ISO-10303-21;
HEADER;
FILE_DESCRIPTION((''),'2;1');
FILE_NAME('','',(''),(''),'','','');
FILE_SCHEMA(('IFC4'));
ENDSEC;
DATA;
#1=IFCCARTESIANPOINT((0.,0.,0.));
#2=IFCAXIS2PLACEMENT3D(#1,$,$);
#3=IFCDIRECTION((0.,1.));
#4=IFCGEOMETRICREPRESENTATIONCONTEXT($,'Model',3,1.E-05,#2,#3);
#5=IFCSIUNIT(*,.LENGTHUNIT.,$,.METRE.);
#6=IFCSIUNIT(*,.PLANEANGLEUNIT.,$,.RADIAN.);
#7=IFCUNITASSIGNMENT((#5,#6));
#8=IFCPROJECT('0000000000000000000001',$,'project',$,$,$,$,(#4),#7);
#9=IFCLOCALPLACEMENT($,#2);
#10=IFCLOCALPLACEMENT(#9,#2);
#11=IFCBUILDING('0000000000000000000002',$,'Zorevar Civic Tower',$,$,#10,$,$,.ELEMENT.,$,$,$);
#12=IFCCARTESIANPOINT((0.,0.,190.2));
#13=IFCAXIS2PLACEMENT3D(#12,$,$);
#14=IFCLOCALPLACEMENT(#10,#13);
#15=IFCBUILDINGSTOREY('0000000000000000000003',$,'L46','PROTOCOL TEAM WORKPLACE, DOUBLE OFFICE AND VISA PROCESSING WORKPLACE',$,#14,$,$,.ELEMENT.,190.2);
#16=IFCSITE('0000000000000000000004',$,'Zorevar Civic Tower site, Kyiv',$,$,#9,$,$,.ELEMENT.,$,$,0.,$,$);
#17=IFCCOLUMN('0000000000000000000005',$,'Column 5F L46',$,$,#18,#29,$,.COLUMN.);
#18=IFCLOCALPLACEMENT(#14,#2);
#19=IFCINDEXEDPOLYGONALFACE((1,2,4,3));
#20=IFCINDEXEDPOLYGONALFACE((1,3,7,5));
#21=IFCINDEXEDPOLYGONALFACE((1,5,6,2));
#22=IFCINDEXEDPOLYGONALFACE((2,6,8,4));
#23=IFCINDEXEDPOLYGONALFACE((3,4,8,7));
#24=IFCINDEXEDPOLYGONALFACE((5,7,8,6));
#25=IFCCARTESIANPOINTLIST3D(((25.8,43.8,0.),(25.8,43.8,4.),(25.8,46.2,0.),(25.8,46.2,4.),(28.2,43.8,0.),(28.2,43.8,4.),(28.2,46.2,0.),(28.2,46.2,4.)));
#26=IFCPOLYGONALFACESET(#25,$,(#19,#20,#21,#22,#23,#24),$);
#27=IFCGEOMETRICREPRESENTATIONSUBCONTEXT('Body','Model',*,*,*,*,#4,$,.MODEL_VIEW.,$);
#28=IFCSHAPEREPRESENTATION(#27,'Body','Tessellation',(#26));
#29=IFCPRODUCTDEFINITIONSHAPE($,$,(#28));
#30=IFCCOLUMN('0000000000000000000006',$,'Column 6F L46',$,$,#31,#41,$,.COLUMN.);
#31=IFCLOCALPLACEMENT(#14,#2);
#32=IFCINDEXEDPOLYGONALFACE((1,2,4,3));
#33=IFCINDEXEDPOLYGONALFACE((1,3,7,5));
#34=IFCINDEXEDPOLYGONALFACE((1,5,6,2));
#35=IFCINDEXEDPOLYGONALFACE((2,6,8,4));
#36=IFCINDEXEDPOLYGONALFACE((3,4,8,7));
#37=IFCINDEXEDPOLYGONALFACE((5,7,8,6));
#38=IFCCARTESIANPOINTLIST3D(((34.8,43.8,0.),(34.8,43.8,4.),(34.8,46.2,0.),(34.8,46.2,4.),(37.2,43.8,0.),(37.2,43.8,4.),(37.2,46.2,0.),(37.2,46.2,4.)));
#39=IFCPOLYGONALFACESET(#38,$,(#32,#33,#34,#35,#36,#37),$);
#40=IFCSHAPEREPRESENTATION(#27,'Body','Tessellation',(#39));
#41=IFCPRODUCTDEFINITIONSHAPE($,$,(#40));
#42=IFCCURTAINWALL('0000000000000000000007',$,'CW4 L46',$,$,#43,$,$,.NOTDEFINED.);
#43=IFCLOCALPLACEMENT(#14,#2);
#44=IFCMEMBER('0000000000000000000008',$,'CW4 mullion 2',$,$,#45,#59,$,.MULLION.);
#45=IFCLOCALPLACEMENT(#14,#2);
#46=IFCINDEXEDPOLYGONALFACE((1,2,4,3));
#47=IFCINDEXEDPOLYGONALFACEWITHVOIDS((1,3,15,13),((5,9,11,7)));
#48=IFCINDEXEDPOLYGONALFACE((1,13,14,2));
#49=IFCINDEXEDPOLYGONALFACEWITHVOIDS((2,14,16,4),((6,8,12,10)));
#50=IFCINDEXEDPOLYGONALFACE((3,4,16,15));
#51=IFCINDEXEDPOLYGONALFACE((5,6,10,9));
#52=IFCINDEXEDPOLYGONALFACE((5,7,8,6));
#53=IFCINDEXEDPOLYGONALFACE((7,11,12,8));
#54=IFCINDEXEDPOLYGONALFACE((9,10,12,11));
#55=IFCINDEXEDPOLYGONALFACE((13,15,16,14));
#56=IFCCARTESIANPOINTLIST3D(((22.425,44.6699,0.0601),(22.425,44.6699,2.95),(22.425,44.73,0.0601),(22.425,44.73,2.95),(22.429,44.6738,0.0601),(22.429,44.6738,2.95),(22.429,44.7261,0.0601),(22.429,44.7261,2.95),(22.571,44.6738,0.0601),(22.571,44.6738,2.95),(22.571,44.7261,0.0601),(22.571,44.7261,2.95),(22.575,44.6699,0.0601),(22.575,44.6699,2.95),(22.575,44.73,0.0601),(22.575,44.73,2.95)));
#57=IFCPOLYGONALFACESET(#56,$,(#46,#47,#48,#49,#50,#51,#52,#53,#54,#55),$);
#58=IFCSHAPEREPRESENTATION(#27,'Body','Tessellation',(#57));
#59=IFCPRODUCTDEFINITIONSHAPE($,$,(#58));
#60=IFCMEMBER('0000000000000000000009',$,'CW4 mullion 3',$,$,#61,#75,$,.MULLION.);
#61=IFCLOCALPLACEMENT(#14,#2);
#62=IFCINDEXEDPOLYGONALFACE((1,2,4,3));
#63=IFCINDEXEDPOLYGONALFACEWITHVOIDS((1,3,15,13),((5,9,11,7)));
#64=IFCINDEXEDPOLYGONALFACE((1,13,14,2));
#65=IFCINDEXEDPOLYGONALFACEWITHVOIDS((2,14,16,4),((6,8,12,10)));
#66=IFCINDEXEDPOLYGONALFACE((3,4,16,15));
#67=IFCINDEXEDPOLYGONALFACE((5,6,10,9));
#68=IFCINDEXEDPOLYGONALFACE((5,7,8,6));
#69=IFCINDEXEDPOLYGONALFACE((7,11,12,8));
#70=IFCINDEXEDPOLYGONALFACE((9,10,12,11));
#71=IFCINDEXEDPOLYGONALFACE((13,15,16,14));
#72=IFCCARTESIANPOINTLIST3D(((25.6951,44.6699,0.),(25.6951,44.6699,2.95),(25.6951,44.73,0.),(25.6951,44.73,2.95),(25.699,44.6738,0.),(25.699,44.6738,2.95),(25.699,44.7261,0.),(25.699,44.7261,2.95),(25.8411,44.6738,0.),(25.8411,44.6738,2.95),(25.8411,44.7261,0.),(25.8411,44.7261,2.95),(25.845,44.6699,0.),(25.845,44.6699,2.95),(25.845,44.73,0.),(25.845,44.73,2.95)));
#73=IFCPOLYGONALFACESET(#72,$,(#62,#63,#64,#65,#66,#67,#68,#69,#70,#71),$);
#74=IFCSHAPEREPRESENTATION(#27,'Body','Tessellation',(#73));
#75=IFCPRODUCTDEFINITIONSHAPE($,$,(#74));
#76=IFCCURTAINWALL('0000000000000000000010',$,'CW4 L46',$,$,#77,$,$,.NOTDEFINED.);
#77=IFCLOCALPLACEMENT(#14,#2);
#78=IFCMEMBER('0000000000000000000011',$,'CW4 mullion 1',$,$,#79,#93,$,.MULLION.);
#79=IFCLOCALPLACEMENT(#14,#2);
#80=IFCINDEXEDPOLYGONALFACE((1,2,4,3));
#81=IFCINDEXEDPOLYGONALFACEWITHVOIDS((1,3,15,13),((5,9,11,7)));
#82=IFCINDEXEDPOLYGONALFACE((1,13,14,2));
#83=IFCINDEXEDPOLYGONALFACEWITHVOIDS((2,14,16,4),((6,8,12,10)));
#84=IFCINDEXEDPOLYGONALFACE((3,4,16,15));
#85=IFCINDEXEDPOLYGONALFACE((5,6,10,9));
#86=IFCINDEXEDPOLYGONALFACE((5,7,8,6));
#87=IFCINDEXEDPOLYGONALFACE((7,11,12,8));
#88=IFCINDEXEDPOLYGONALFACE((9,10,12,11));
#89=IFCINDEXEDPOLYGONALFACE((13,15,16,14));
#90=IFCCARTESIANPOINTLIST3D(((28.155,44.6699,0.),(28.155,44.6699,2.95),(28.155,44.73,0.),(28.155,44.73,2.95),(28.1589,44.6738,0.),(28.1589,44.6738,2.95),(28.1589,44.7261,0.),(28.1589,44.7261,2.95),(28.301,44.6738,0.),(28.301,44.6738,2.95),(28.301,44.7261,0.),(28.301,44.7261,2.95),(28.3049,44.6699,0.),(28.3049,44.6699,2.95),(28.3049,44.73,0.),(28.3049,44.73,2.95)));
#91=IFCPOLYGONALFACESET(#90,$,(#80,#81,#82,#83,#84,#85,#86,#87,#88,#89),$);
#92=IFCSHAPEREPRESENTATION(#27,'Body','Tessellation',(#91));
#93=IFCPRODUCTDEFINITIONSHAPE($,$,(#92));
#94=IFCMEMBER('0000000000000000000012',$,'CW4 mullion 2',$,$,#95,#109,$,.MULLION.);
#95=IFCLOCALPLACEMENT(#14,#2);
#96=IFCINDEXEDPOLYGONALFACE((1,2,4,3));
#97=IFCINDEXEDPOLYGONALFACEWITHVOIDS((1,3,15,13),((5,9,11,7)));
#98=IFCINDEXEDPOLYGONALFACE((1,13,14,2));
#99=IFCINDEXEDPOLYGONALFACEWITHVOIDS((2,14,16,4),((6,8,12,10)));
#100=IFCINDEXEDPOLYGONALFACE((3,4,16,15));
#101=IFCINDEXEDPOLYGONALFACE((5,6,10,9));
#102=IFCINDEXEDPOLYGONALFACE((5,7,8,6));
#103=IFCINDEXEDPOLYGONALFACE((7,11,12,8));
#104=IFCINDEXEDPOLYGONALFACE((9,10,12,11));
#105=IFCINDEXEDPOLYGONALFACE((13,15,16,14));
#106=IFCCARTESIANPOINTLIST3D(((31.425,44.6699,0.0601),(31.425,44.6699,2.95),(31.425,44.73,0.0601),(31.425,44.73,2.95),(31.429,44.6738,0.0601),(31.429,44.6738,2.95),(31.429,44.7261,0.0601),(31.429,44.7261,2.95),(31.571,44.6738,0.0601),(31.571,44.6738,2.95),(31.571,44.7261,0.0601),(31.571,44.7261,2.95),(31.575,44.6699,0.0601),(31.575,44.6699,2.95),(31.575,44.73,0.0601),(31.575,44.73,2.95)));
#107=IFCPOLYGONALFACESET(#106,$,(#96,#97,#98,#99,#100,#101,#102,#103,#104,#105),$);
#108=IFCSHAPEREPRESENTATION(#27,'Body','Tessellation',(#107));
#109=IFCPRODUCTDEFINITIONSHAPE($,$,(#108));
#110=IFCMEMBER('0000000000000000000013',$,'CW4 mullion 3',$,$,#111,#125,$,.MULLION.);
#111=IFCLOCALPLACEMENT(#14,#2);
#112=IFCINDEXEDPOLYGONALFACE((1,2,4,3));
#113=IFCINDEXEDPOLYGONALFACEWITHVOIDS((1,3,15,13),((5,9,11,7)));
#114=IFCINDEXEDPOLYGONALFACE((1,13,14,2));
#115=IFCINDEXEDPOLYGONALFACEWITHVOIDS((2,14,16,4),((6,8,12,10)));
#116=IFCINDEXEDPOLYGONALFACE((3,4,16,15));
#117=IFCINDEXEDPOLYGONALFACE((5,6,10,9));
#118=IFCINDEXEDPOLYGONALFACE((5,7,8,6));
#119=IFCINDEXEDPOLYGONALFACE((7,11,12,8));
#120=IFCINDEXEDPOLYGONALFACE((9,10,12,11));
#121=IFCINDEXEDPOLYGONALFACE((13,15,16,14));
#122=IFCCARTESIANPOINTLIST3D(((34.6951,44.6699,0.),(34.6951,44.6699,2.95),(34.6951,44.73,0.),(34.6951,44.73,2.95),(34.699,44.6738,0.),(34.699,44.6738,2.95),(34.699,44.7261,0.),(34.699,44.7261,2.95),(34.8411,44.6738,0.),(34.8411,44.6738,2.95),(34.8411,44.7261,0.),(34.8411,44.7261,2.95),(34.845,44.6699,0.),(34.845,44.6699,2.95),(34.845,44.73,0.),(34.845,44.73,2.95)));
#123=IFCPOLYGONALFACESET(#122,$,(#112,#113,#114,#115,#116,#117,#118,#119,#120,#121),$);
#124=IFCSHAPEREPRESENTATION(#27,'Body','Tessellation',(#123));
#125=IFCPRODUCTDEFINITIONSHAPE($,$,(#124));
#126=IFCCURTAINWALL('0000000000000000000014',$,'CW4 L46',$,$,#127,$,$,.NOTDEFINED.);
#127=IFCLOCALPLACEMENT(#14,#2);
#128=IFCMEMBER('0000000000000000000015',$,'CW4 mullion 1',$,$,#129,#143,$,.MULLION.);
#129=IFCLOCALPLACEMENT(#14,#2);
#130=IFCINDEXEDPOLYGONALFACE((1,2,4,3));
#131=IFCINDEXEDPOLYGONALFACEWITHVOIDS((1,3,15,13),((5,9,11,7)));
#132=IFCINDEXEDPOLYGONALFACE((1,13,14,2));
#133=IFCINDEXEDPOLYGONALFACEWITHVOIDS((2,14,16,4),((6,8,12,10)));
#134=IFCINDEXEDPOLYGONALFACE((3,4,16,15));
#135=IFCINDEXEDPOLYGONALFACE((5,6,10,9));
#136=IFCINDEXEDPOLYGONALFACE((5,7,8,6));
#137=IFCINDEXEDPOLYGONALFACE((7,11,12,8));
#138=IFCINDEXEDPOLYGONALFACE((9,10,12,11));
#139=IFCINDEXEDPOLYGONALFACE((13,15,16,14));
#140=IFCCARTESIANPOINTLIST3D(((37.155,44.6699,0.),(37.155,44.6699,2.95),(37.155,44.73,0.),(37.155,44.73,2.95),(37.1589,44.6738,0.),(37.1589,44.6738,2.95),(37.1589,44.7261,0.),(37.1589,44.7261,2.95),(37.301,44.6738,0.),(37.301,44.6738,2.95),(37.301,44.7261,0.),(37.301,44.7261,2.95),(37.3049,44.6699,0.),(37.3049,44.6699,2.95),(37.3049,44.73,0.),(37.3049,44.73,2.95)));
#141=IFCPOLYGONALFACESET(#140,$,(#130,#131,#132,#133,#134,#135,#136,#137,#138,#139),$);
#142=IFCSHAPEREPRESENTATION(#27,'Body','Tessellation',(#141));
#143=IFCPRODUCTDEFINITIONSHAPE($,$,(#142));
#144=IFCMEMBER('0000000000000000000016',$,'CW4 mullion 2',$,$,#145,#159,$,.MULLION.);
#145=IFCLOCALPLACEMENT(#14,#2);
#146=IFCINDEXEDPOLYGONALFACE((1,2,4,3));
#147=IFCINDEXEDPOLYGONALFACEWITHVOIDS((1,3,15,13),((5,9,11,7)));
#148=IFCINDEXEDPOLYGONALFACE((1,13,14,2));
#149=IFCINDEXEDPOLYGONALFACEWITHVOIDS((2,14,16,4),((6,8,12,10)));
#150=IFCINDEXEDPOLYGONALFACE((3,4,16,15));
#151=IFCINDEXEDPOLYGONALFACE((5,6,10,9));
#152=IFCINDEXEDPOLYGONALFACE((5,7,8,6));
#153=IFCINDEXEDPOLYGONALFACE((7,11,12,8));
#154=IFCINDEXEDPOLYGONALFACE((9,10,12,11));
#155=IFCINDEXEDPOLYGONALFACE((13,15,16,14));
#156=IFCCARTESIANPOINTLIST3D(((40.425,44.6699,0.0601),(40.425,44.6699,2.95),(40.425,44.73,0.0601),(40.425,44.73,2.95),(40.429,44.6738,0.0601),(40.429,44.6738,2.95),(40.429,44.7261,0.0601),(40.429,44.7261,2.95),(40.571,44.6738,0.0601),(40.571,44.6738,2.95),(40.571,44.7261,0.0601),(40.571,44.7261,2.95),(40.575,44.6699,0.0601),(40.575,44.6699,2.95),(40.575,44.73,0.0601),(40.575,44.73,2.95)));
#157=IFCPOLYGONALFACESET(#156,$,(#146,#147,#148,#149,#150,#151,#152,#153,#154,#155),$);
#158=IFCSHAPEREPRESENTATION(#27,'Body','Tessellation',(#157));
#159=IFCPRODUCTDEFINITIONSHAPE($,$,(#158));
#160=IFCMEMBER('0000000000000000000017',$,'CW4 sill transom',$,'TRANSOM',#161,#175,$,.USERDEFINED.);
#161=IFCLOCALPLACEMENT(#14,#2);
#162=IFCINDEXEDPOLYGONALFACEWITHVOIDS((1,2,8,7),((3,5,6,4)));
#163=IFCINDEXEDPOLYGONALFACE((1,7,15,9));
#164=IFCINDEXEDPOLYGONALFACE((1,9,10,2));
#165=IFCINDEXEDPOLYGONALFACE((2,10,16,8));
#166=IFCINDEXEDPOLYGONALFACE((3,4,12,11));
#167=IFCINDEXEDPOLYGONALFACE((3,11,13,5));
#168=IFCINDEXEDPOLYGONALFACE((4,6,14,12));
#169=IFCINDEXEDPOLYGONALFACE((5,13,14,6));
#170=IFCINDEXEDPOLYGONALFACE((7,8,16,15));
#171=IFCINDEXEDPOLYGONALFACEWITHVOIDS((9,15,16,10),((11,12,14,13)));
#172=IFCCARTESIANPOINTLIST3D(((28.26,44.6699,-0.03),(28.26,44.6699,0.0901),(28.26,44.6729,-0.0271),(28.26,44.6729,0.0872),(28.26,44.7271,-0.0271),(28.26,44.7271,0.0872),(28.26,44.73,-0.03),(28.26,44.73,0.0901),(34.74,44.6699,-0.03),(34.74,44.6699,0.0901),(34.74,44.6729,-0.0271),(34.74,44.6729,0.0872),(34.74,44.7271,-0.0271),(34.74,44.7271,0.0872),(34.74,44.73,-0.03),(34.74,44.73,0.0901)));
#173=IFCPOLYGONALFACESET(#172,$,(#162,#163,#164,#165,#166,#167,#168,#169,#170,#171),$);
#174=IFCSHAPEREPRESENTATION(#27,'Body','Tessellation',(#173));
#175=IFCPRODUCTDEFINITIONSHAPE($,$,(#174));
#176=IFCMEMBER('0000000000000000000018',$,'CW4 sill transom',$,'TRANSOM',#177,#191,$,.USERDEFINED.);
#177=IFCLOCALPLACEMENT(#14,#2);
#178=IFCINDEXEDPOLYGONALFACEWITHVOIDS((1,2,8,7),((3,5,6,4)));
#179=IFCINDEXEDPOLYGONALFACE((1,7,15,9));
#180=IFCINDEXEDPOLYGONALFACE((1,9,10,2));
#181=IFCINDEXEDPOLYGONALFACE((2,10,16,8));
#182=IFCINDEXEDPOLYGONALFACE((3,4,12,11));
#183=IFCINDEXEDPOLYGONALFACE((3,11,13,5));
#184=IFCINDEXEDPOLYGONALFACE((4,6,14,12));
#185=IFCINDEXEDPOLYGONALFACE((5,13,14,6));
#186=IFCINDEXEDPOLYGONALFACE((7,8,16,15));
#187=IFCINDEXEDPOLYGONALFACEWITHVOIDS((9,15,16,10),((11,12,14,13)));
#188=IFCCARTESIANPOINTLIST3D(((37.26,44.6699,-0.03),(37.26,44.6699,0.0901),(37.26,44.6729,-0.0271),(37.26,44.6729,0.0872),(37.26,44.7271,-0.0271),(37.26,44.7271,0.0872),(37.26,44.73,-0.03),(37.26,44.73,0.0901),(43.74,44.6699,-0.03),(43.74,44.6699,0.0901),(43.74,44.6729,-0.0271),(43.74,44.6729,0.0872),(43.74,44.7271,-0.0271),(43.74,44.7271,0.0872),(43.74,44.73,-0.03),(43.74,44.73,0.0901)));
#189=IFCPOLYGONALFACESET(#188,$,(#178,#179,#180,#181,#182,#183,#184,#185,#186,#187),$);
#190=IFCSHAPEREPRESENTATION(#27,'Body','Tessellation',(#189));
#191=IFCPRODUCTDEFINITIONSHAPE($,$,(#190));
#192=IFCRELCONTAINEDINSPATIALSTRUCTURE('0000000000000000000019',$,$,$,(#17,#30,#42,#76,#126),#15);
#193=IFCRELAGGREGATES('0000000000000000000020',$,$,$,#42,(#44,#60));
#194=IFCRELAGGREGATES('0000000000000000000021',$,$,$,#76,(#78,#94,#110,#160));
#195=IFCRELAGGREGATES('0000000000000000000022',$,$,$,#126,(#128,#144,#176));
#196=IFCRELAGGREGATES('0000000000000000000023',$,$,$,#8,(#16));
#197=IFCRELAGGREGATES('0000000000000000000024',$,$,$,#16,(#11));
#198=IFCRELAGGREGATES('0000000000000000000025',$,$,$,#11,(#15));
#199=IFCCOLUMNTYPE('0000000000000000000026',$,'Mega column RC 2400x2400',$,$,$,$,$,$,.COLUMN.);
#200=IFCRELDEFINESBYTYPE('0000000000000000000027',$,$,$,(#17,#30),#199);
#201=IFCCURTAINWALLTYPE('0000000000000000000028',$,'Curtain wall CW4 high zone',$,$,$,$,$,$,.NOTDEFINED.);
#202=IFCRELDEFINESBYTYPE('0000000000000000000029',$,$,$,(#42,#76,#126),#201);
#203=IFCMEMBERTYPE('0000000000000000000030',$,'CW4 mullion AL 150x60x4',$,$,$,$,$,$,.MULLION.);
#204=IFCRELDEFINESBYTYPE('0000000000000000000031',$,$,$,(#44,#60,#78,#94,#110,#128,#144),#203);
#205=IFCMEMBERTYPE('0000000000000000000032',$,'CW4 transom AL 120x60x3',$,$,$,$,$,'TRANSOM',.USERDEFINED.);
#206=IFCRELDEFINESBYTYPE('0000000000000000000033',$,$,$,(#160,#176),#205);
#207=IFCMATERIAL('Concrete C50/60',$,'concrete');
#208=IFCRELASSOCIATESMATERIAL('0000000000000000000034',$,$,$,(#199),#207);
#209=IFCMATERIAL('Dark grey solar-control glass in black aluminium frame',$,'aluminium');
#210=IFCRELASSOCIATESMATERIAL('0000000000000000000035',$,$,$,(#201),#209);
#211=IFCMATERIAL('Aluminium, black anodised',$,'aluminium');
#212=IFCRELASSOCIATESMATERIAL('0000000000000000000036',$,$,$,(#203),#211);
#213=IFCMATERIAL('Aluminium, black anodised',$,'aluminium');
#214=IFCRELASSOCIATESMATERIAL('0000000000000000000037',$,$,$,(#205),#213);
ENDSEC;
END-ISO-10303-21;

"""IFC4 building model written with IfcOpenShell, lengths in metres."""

from ifc_helpers import new_model, si_unit, direction, frame, origin, origin_2d, place, context, subcontext, project, spatial, rectangle, hollow_rectangle, extrude, material, material_profile, profile_set, type_object, element, aggregate, save


model = new_model("IFC4")

# Units and contexts
model_context = context("Model", 3, precision=1e-05, world=origin(), true_north=direction((0.0, 1.0)))
body_context = subcontext(model_context, "Body", "Model", "MODEL_VIEW")
ifc_project = project(units=[si_unit("LENGTHUNIT", "METRE"), si_unit("PLANEANGLEUNIT", "RADIAN")], contexts=[model_context])

# Site, building, storey
site_placement = place(None, origin())
site = spatial("IfcSite", under=ifc_project, at=site_placement, Name="Zorevar Civic Tower site, Kyiv", CompositionType="ELEMENT", RefElevation=0.0)
building_placement = place(site_placement, origin())
building = spatial("IfcBuilding", under=site, at=building_placement, Name="Zorevar Civic Tower", CompositionType="ELEMENT")
storey_placement = place(building_placement, frame((0.0, 0.0, 190.2)))
storey = spatial("IfcBuildingStorey", under=building, at=storey_placement, Name="L46", Description="PROTOCOL TEAM WORKPLACE, DOUBLE OFFICE AND VISA PROCESSING WORKPLACE", CompositionType="ELEMENT", Elevation=190.2)

# Columns
ifc_material_1 = material(Name="Concrete C50/60", Category="concrete")
ifc_material_profile_1 = material_profile(ifc_material_1, rectangle(XDim=2.3999, YDim=2.3999, at=origin_2d()), Name="RC 2400x2400")
ifc_profile_set_1 = profile_set([ifc_material_profile_1], Name="Concrete C50/60")
column_type = type_object("IfcColumnType", Name="Mega column RC 2400x2400", PredefinedType="COLUMN", material=ifc_profile_set_1)
for number, where, z_axis, x_axis, name in (
    (1, (27.0, 45.0, 0.0), (0.0, 0.0, 1.0), (1.0, 0.0, 0.0), "Column 5F L46"),
    (2, (36.0, 45.0, 0.0), (0.0, 0.0, 1.0), (1.0, 0.0, 0.0), "Column 6F L46"),
):
    element("IfcColumn", number, at=place(storey_placement, frame(where, z_axis=z_axis, x_axis=x_axis)), inside=storey, type_object=column_type, Name=name, PredefinedType="COLUMN", context=body_context, shape_type="SweptSolid", body=[
        extrude(rectangle(XDim=2.3999, YDim=2.3999, at=origin_2d()), origin(), (0.0, 0.0, 1.0), 4.0),
    ])

# Curtain walls, members
ifc_material_2 = material(Name="Dark grey solar-control glass in black aluminium frame", Category="aluminium")
curtain_wall_type = type_object("IfcCurtainWallType", Name="Curtain wall CW4 high zone", PredefinedType="NOTDEFINED", material=ifc_material_2)
curtain_wall_1_placement = place(storey_placement, origin())
curtain_wall_1 = element("IfcCurtainWall", 3, at=curtain_wall_1_placement, inside=storey, type_object=curtain_wall_type, Name="CW4 L46", PredefinedType="NOTDEFINED")
ifc_material_3 = material(Name="Aluminium, black anodised", Category="aluminium")
ifc_material_profile_2 = material_profile(ifc_material_3, hollow_rectangle(XDim=0.0601, YDim=0.1499, WallThickness=0.0039, at=origin_2d()), Name="AL 150x60x4")
ifc_profile_set_2 = profile_set([ifc_material_profile_2], Name="Aluminium, black anodised")
member_type_1 = type_object("IfcMemberType", Name="CW4 mullion AL 150x60x4", PredefinedType="MULLION", material=ifc_profile_set_2)
member_1_placement = place(storey_placement, frame((22.5, 44.7, 0.0601), z_axis=(0.0, 0.0, 1.0), x_axis=(0.0, 1.0, 0.0)))
member_1 = element("IfcMember", 4, at=member_1_placement, type_object=member_type_1, Name="CW4 mullion 2", PredefinedType="MULLION", context=body_context, shape_type="SweptSolid", body=[
    extrude(hollow_rectangle(XDim=0.0601, YDim=0.1499, WallThickness=0.0039, at=origin_2d()), origin(), (0.0, 0.0, 1.0), 2.8899),
])
member_2_placement = place(storey_placement, frame((25.77, 44.7, 0.0), z_axis=(0.0, 0.0, 1.0), x_axis=(0.0, 1.0, 0.0)))
member_2 = element("IfcMember", 5, at=member_2_placement, type_object=member_type_1, Name="CW4 mullion 3", PredefinedType="MULLION", context=body_context, shape_type="SweptSolid", body=[
    extrude(hollow_rectangle(XDim=0.0601, YDim=0.1499, WallThickness=0.0039, at=origin_2d()), origin(), (0.0, 0.0, 1.0), 2.95),
])
curtain_wall_2_placement = place(storey_placement, origin())
curtain_wall_2 = element("IfcCurtainWall", 6, at=curtain_wall_2_placement, inside=storey, type_object=curtain_wall_type, Name="CW4 L46", PredefinedType="NOTDEFINED")
member_3_placement = place(storey_placement, frame((28.23, 44.7, 0.0), z_axis=(0.0, 0.0, 1.0), x_axis=(0.0, 1.0, 0.0)))
member_3 = element("IfcMember", 7, at=member_3_placement, type_object=member_type_1, Name="CW4 mullion 1", PredefinedType="MULLION", context=body_context, shape_type="SweptSolid", body=[
    extrude(hollow_rectangle(XDim=0.0601, YDim=0.1499, WallThickness=0.0039, at=origin_2d()), origin(), (0.0, 0.0, 1.0), 2.95),
])
member_4_placement = place(storey_placement, frame((31.5, 44.7, 0.0601), z_axis=(0.0, 0.0, 1.0), x_axis=(0.0, 1.0, 0.0)))
member_4 = element("IfcMember", 8, at=member_4_placement, type_object=member_type_1, Name="CW4 mullion 2", PredefinedType="MULLION", context=body_context, shape_type="SweptSolid", body=[
    extrude(hollow_rectangle(XDim=0.0601, YDim=0.1499, WallThickness=0.0039, at=origin_2d()), origin(), (0.0, 0.0, 1.0), 2.8899),
])
member_5_placement = place(storey_placement, frame((34.77, 44.7, 0.0), z_axis=(0.0, 0.0, 1.0), x_axis=(0.0, 1.0, 0.0)))
member_5 = element("IfcMember", 9, at=member_5_placement, type_object=member_type_1, Name="CW4 mullion 3", PredefinedType="MULLION", context=body_context, shape_type="SweptSolid", body=[
    extrude(hollow_rectangle(XDim=0.0601, YDim=0.1499, WallThickness=0.0039, at=origin_2d()), origin(), (0.0, 0.0, 1.0), 2.95),
])
curtain_wall_3_placement = place(storey_placement, origin())
curtain_wall_3 = element("IfcCurtainWall", 10, at=curtain_wall_3_placement, inside=storey, type_object=curtain_wall_type, Name="CW4 L46", PredefinedType="NOTDEFINED")
member_6_placement = place(storey_placement, frame((37.23, 44.7, 0.0), z_axis=(0.0, 0.0, 1.0), x_axis=(0.0, 1.0, 0.0)))
member_6 = element("IfcMember", 11, at=member_6_placement, type_object=member_type_1, Name="CW4 mullion 1", PredefinedType="MULLION", context=body_context, shape_type="SweptSolid", body=[
    extrude(hollow_rectangle(XDim=0.0601, YDim=0.1499, WallThickness=0.0039, at=origin_2d()), origin(), (0.0, 0.0, 1.0), 2.95),
])
member_7_placement = place(storey_placement, frame((40.5, 44.7, 0.0601), z_axis=(0.0, 0.0, 1.0), x_axis=(0.0, 1.0, 0.0)))
member_7 = element("IfcMember", 12, at=member_7_placement, type_object=member_type_1, Name="CW4 mullion 2", PredefinedType="MULLION", context=body_context, shape_type="SweptSolid", body=[
    extrude(hollow_rectangle(XDim=0.0601, YDim=0.1499, WallThickness=0.0039, at=origin_2d()), origin(), (0.0, 0.0, 1.0), 2.8899),
])

# Members
ifc_material_4 = material(Name="Aluminium, black anodised", Category="aluminium")
ifc_material_profile_3 = material_profile(ifc_material_4, hollow_rectangle(XDim=0.0601, YDim=0.1201, WallThickness=0.0029, at=origin_2d()), Name="AL 120x60x3")
ifc_profile_set_3 = profile_set([ifc_material_profile_3], Name="Aluminium, black anodised")
member_type_2 = type_object("IfcMemberType", Name="CW4 transom AL 120x60x3", ElementType="TRANSOM", PredefinedType="USERDEFINED", material=ifc_profile_set_3)
member_8_placement = place(storey_placement, frame((28.26, 44.7, 0.03), z_axis=(1.0, 0.0, 0.0), x_axis=(0.0, 1.0, 0.0)))
member_8 = element("IfcMember", 13, at=member_8_placement, type_object=member_type_2, Name="CW4 sill transom", ObjectType="TRANSOM", PredefinedType="USERDEFINED", context=body_context, shape_type="SweptSolid", body=[
    extrude(hollow_rectangle(XDim=0.0601, YDim=0.1201, WallThickness=0.0029, at=origin_2d()), origin(), (0.0, 0.0, 1.0), 6.48),
])
member_9_placement = place(storey_placement, frame((37.26, 44.7, 0.03), z_axis=(1.0, 0.0, 0.0), x_axis=(0.0, 1.0, 0.0)))
member_9 = element("IfcMember", 14, at=member_9_placement, type_object=member_type_2, Name="CW4 sill transom", ObjectType="TRANSOM", PredefinedType="USERDEFINED", context=body_context, shape_type="SweptSolid", body=[
    extrude(hollow_rectangle(XDim=0.0601, YDim=0.1201, WallThickness=0.0029, at=origin_2d()), origin(), (0.0, 0.0, 1.0), 6.48),
])

aggregate(curtain_wall_1, [member_1, member_2])
aggregate(curtain_wall_2, [member_3, member_4, member_5, member_8])
aggregate(curtain_wall_3, [member_6, member_7, member_9])

save(model, "model.ifc")
